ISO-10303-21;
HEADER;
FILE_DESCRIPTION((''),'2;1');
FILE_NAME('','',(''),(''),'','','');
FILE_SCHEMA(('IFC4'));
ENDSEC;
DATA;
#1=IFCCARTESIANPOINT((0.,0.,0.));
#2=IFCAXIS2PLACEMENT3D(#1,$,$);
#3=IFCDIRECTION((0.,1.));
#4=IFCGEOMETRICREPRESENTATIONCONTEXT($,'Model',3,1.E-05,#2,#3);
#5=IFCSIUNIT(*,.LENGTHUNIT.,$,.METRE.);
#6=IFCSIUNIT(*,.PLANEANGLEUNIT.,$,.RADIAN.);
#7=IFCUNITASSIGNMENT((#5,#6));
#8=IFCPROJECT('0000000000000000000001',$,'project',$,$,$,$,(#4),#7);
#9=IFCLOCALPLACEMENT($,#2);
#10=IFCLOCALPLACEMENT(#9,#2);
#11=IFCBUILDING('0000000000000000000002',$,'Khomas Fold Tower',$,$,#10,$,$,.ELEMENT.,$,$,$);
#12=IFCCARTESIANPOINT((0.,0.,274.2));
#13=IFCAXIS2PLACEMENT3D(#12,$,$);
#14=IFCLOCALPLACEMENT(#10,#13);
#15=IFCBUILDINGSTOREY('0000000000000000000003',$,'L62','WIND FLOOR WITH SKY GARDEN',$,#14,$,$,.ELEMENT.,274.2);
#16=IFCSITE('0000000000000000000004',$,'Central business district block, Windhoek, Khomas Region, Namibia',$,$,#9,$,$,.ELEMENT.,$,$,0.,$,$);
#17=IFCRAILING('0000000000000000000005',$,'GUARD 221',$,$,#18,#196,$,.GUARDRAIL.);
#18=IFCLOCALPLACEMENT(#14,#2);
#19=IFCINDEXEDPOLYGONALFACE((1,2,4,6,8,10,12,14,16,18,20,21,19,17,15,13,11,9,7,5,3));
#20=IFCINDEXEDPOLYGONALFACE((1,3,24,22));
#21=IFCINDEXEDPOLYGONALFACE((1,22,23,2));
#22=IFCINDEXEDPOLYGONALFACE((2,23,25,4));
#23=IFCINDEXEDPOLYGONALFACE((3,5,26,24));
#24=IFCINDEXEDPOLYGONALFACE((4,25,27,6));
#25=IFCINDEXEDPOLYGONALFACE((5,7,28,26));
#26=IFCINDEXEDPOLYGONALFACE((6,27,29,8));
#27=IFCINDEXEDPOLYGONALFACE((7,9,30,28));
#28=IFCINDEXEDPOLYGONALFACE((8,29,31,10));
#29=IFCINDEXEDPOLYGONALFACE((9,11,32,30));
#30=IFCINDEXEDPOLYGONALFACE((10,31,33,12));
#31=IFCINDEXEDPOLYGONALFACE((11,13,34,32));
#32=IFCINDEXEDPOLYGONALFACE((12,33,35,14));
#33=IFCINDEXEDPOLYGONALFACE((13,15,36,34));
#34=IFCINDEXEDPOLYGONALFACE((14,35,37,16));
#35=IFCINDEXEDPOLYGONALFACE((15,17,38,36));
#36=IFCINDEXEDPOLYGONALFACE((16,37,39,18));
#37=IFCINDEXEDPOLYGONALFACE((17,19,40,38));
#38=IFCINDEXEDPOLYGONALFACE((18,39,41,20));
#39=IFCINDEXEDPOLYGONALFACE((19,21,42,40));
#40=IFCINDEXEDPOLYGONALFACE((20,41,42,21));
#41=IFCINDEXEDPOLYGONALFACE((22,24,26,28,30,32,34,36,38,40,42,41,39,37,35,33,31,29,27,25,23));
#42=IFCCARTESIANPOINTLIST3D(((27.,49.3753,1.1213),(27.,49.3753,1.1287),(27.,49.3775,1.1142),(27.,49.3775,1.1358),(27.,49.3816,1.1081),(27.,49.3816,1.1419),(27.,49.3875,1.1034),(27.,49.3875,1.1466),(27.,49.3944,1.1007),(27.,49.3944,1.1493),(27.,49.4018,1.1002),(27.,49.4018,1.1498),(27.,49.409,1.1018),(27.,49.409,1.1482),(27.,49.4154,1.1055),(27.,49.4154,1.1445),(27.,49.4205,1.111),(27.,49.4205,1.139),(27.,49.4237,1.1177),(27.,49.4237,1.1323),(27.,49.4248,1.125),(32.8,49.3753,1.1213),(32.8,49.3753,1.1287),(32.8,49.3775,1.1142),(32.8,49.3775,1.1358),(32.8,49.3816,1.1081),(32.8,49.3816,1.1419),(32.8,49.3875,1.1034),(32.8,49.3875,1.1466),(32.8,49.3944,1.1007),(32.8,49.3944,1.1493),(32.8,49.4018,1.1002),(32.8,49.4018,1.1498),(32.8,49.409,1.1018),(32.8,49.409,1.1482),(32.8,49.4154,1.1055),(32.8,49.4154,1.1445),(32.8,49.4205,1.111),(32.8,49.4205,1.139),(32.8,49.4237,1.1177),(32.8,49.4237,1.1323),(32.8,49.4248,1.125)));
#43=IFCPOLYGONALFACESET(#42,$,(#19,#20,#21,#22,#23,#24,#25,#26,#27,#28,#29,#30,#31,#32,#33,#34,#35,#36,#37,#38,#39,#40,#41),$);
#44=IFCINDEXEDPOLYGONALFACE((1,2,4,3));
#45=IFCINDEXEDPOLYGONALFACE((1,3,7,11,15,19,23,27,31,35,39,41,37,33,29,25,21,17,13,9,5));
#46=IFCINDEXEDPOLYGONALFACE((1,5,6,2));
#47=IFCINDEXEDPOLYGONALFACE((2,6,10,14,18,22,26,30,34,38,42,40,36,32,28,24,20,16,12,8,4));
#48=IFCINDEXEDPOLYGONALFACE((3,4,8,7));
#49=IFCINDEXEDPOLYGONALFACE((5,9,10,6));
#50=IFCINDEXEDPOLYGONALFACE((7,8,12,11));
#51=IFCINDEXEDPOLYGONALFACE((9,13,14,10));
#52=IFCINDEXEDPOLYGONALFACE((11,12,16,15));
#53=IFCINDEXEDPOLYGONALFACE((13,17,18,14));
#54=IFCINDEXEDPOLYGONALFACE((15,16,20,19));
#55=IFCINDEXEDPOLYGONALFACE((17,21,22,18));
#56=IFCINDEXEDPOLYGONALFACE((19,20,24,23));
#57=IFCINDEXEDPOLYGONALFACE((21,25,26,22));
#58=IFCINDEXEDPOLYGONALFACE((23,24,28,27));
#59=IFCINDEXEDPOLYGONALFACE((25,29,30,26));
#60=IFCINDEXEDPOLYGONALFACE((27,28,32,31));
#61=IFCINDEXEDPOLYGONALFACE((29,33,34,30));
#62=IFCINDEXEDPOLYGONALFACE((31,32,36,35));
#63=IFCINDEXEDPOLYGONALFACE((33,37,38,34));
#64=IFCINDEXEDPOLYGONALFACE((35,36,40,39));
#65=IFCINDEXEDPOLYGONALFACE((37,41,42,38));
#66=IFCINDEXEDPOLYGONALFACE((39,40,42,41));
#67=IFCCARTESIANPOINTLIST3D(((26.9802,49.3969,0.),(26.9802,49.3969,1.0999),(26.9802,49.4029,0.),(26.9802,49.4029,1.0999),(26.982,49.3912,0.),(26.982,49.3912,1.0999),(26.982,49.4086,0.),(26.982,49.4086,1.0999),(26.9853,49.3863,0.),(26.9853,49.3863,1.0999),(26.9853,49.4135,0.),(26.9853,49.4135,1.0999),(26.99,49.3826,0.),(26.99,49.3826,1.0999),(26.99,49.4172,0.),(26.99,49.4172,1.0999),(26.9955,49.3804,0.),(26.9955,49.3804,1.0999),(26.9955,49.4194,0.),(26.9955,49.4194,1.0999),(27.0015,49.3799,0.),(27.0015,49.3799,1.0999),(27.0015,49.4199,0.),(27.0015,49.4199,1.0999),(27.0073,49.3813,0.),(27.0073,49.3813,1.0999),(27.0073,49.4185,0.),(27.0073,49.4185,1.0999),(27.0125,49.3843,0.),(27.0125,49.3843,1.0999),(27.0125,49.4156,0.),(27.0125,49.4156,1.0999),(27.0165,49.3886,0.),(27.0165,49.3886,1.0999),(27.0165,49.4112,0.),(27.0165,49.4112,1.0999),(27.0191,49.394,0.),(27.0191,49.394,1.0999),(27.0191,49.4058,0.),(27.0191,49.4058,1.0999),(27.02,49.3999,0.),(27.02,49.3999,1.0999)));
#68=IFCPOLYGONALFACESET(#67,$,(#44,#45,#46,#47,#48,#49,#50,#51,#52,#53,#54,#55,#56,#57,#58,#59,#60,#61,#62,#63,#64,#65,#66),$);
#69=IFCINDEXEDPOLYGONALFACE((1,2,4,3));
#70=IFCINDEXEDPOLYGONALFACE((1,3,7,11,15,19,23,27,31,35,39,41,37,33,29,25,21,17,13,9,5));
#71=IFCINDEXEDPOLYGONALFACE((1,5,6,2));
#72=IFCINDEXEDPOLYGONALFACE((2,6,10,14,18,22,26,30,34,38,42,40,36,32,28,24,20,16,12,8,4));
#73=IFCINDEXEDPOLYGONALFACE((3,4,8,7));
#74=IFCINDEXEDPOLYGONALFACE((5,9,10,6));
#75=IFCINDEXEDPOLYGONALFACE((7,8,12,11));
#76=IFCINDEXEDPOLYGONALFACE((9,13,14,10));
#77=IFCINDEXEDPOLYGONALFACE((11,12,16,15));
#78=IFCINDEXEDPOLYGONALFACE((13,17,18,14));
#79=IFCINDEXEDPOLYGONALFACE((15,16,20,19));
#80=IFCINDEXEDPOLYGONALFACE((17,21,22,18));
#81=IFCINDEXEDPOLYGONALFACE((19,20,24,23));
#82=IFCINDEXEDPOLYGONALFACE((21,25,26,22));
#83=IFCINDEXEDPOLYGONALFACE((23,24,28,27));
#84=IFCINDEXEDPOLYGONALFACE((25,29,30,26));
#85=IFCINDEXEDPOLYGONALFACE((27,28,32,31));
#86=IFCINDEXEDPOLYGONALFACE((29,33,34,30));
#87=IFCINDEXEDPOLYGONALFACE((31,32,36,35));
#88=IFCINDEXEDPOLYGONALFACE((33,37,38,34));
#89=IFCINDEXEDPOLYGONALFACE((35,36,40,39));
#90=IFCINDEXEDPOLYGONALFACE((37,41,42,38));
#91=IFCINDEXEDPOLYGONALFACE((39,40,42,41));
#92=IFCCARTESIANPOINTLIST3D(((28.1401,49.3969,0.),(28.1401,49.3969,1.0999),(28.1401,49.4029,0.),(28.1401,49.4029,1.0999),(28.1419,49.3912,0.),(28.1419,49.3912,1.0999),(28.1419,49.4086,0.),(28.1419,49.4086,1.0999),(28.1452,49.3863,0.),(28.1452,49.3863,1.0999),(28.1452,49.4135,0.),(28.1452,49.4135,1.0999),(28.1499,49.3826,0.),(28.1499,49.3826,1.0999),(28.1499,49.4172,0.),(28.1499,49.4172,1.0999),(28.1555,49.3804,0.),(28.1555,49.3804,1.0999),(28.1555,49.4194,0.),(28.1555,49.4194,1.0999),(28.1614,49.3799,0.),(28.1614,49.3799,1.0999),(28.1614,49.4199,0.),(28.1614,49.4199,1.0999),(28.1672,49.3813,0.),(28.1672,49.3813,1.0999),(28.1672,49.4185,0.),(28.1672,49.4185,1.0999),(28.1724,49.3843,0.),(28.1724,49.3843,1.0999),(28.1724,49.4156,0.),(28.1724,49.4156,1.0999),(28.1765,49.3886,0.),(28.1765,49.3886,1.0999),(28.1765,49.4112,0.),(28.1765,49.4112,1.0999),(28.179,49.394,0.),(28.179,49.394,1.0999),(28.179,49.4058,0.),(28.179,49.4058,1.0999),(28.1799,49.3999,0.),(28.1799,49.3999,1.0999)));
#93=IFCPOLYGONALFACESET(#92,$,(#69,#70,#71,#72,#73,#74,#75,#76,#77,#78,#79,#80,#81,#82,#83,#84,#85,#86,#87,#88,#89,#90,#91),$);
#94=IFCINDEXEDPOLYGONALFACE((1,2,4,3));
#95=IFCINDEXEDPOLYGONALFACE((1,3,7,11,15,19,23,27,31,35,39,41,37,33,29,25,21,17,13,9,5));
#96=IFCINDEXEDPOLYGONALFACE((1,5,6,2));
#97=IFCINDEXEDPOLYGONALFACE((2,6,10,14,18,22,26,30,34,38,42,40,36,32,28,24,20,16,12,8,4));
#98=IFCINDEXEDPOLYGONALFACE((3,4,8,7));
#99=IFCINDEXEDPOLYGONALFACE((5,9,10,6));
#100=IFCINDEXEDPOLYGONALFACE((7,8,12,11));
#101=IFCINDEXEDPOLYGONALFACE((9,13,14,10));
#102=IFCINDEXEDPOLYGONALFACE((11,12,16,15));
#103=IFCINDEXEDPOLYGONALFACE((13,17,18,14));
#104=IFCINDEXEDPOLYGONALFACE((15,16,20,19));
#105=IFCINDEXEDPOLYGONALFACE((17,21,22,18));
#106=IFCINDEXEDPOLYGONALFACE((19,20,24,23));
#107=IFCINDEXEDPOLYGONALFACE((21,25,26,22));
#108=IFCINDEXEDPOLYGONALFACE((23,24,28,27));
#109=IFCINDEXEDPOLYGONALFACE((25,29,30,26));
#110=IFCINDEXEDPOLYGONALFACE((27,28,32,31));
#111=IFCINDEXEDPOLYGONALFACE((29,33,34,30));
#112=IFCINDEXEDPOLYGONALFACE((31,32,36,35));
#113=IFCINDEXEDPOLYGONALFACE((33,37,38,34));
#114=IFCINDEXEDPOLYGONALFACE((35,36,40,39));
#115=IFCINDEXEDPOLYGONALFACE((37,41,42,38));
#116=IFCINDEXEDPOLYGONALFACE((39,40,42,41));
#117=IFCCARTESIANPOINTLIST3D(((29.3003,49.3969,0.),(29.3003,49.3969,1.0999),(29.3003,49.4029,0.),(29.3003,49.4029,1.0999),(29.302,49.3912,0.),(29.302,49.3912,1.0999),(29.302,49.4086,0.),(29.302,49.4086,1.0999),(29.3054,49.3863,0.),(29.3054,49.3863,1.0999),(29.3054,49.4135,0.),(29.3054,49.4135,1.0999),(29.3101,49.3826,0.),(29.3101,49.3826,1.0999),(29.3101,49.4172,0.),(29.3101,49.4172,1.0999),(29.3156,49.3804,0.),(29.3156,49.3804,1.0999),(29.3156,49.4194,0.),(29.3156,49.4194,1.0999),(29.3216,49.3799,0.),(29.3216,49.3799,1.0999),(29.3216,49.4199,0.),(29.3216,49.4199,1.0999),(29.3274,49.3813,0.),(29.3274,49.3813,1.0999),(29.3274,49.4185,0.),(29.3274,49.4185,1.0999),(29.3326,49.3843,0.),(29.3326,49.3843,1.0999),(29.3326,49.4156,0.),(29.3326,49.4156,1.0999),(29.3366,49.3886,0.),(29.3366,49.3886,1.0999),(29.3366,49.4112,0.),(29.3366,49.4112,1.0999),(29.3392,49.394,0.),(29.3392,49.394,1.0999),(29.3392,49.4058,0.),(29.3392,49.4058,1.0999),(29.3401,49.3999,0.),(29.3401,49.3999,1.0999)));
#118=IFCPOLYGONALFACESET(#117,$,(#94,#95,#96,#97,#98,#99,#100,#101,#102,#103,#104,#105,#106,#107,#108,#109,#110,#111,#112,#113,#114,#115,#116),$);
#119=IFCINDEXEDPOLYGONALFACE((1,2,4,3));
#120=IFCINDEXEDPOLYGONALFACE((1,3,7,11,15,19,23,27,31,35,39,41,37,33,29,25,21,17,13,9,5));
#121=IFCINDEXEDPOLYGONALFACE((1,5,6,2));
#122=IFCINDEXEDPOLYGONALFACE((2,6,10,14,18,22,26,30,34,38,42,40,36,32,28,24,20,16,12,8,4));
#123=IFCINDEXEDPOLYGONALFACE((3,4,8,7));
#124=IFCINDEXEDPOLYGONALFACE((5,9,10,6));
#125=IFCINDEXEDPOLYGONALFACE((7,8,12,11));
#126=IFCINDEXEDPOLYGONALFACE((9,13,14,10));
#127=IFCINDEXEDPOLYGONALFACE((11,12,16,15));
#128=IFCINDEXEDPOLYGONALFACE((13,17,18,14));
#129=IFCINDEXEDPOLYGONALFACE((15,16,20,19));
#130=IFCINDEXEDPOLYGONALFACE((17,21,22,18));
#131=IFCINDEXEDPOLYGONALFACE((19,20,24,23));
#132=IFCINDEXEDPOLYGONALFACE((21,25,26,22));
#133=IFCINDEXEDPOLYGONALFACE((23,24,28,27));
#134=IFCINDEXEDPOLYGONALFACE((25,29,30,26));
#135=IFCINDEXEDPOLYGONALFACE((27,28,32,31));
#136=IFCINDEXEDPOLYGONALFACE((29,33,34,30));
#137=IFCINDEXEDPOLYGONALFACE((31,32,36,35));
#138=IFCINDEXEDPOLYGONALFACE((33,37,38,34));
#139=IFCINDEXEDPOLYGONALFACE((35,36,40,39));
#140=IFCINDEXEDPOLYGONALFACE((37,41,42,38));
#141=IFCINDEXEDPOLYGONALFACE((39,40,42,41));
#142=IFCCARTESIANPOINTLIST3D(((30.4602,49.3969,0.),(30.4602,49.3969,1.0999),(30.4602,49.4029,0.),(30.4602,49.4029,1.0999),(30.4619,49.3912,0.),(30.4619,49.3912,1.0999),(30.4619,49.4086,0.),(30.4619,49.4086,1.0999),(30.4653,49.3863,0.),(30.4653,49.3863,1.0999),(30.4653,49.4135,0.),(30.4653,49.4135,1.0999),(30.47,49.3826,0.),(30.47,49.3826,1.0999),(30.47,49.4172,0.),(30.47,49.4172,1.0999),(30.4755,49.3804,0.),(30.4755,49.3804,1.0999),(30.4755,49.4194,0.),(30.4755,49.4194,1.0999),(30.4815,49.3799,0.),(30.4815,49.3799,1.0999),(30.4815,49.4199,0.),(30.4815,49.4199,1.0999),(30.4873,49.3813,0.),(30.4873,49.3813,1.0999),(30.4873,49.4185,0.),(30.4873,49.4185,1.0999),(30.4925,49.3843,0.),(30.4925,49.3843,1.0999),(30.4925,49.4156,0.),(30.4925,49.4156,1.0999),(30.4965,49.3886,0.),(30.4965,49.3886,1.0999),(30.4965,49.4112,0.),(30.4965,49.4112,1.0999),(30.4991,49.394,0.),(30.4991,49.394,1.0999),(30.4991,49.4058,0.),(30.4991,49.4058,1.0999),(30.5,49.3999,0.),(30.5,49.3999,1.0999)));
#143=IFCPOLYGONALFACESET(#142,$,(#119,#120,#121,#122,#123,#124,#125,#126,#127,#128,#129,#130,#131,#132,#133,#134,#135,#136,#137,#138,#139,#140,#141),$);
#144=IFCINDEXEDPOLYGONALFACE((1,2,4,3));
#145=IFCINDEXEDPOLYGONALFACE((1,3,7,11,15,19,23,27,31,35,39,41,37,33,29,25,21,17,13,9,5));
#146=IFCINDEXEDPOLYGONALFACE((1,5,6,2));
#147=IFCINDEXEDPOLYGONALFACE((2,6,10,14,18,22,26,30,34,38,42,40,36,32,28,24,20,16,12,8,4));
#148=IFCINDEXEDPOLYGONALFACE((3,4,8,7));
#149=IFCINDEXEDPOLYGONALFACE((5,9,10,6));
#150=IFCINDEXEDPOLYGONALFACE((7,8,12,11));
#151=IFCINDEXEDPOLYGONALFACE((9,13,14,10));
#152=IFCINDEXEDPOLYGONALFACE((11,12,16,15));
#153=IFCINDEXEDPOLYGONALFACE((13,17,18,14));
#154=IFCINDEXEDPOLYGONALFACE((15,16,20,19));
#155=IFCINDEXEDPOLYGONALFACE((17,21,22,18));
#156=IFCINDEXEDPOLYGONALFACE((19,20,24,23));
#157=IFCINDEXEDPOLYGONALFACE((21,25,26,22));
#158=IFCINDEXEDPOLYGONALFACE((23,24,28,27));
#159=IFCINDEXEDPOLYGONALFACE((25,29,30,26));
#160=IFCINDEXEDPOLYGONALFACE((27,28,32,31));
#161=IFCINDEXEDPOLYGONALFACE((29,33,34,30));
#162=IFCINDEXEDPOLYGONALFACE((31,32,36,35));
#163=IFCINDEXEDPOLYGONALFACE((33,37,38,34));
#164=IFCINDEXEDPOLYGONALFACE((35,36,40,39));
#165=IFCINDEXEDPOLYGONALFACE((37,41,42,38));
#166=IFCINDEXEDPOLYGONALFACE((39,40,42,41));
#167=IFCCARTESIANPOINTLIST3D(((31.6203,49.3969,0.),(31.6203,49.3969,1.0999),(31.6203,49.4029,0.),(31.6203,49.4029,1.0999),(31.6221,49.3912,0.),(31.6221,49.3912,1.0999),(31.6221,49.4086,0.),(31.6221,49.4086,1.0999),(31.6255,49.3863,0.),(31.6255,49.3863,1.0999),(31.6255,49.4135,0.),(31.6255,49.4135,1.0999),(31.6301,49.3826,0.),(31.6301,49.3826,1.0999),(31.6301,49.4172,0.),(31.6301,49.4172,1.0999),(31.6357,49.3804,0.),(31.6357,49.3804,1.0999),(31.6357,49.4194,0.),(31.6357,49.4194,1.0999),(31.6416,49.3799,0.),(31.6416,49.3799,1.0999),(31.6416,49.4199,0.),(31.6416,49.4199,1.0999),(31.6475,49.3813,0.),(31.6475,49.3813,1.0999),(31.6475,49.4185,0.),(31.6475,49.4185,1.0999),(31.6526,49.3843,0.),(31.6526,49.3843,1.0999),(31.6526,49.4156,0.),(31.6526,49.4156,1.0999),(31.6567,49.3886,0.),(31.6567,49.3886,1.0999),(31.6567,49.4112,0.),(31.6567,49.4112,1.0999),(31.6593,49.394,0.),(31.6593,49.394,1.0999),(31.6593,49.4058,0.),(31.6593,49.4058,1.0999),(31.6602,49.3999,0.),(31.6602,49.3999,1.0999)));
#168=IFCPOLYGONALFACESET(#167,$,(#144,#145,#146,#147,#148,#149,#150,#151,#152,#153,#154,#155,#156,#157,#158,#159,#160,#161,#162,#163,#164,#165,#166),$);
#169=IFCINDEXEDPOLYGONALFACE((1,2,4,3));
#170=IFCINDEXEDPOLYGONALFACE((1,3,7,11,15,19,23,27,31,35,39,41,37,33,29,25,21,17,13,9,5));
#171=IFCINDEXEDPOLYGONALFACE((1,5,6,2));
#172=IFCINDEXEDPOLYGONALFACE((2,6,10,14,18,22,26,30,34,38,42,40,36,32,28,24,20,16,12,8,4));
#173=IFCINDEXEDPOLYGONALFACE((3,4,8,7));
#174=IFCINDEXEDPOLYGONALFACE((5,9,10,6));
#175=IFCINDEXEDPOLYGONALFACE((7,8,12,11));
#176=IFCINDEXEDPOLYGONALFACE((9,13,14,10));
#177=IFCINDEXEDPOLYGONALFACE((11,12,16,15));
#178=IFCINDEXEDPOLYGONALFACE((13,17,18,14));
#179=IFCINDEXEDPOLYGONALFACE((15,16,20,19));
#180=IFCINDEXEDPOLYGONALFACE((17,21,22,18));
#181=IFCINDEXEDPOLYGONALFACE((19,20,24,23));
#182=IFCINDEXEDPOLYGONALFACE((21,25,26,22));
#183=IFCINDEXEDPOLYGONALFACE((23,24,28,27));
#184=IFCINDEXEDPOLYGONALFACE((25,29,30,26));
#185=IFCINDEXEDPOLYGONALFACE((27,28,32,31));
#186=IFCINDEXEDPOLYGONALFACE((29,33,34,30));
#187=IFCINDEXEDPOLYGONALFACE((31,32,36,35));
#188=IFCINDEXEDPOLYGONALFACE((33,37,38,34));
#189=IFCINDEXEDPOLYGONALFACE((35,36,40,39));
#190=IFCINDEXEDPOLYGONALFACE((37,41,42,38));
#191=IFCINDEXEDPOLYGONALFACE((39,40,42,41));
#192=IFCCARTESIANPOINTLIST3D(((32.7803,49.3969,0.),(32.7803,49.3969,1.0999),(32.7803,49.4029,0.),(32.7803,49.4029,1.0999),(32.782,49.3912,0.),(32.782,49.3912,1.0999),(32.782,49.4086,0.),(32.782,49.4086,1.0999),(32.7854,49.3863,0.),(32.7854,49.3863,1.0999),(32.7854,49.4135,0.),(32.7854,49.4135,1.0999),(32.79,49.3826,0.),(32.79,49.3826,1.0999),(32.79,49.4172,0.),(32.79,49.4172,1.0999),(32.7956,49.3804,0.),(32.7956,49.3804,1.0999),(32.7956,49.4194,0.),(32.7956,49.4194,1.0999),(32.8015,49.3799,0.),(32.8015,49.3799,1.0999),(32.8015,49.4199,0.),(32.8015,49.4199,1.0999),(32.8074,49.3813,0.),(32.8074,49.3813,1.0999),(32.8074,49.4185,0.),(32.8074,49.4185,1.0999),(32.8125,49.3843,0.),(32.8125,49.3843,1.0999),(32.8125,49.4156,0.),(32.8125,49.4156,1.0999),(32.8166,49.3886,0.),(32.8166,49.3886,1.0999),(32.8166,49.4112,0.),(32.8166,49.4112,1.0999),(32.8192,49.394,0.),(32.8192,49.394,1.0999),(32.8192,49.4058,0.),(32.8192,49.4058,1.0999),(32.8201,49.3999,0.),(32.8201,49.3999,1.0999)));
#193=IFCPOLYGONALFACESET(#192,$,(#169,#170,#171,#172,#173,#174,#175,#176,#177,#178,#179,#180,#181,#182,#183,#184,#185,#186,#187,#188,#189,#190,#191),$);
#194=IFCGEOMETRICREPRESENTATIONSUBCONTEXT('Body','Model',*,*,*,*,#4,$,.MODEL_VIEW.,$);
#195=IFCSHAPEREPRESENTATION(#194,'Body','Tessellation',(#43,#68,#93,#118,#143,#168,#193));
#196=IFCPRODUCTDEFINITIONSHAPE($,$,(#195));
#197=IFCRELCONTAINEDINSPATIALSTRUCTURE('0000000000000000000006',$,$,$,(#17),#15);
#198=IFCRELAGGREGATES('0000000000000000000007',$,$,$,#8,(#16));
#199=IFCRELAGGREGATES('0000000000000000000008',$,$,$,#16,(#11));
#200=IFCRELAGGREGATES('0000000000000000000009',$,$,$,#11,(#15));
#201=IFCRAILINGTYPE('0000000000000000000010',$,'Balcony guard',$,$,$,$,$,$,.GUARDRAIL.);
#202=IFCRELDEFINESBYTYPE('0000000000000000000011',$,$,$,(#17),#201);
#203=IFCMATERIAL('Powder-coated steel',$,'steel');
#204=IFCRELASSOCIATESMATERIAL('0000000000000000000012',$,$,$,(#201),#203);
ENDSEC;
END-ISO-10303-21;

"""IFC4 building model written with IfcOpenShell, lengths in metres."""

from ifc_helpers import new_model, si_unit, direction, frame, origin, origin_2d, place, context, subcontext, project, spatial, circle, extrude, source, transform, mapped, material, type_object, element, save


model = new_model("IFC4")

# Units and contexts
model_context = context("Model", 3, precision=1e-05, world=origin(), true_north=direction((0.0, 1.0)))
body_context = subcontext(model_context, "Body", "Model", "MODEL_VIEW")
ifc_project = project(units=[si_unit("LENGTHUNIT", "METRE"), si_unit("PLANEANGLEUNIT", "RADIAN")], contexts=[model_context])

# Site, building, storey
site_placement = place(None, origin())
site = spatial("IfcSite", under=ifc_project, at=site_placement, Name="Central business district block, Windhoek, Khomas Region, Namibia", CompositionType="ELEMENT", RefElevation=0.0)
building_placement = place(site_placement, origin())
building = spatial("IfcBuilding", under=site, at=building_placement, Name="Khomas Fold Tower", CompositionType="ELEMENT")
storey_placement = place(building_placement, frame((0.0, 0.0, 274.2)))
storey = spatial("IfcBuildingStorey", under=building, at=storey_placement, Name="L62", Description="WIND FLOOR WITH SKY GARDEN", CompositionType="ELEMENT", Elevation=274.2)

# Railing
ifc_material_1 = material(Name="Powder-coated steel", Category="steel")
railing_type = type_object("IfcRailingType", Name="Balcony guard", PredefinedType="GUARDRAIL", material=ifc_material_1)
shared_shape_1 = source(origin(), body_context, "Body", "SweptSolid", [
    extrude(circle(Radius=0.0249, at=origin_2d()), frame((0.0, 0.0, 1.125), z_axis=(1.0, 0.0, 0.0), x_axis=(0.0, 1.0, 0.0)), (0.0, 0.0, 1.0), 5.8),
    extrude(circle(Radius=0.02, at=origin_2d()), origin(), (0.0, 0.0, 1.0), 1.0999),
    extrude(circle(Radius=0.02, at=origin_2d()), frame((1.1599, 0.0, 0.0)), (0.0, 0.0, 1.0), 1.0999),
    extrude(circle(Radius=0.02, at=origin_2d()), frame((2.3201, 0.0, 0.0)), (0.0, 0.0, 1.0), 1.0999),
    extrude(circle(Radius=0.02, at=origin_2d()), frame((3.48, 0.0, 0.0)), (0.0, 0.0, 1.0), 1.0999),
    extrude(circle(Radius=0.02, at=origin_2d()), frame((4.6401, 0.0, 0.0)), (0.0, 0.0, 1.0), 1.0999),
    extrude(circle(Radius=0.02, at=origin_2d()), frame((5.8, 0.0, 0.0)), (0.0, 0.0, 1.0), 1.0999),
])
for number, where, name in (
    (1, (27.0, 49.3999, 0.0), "GUARD 221"),
):
    element("IfcRailing", number, at=place(storey_placement, frame(where)), inside=storey, type_object=railing_type, Name=name, PredefinedType="GUARDRAIL", context=body_context, shape_type="MappedRepresentation", body=[
        mapped(shared_shape_1, transform((0.0, 0.0, 0.0))),
    ])

save(model, "model.ifc")
